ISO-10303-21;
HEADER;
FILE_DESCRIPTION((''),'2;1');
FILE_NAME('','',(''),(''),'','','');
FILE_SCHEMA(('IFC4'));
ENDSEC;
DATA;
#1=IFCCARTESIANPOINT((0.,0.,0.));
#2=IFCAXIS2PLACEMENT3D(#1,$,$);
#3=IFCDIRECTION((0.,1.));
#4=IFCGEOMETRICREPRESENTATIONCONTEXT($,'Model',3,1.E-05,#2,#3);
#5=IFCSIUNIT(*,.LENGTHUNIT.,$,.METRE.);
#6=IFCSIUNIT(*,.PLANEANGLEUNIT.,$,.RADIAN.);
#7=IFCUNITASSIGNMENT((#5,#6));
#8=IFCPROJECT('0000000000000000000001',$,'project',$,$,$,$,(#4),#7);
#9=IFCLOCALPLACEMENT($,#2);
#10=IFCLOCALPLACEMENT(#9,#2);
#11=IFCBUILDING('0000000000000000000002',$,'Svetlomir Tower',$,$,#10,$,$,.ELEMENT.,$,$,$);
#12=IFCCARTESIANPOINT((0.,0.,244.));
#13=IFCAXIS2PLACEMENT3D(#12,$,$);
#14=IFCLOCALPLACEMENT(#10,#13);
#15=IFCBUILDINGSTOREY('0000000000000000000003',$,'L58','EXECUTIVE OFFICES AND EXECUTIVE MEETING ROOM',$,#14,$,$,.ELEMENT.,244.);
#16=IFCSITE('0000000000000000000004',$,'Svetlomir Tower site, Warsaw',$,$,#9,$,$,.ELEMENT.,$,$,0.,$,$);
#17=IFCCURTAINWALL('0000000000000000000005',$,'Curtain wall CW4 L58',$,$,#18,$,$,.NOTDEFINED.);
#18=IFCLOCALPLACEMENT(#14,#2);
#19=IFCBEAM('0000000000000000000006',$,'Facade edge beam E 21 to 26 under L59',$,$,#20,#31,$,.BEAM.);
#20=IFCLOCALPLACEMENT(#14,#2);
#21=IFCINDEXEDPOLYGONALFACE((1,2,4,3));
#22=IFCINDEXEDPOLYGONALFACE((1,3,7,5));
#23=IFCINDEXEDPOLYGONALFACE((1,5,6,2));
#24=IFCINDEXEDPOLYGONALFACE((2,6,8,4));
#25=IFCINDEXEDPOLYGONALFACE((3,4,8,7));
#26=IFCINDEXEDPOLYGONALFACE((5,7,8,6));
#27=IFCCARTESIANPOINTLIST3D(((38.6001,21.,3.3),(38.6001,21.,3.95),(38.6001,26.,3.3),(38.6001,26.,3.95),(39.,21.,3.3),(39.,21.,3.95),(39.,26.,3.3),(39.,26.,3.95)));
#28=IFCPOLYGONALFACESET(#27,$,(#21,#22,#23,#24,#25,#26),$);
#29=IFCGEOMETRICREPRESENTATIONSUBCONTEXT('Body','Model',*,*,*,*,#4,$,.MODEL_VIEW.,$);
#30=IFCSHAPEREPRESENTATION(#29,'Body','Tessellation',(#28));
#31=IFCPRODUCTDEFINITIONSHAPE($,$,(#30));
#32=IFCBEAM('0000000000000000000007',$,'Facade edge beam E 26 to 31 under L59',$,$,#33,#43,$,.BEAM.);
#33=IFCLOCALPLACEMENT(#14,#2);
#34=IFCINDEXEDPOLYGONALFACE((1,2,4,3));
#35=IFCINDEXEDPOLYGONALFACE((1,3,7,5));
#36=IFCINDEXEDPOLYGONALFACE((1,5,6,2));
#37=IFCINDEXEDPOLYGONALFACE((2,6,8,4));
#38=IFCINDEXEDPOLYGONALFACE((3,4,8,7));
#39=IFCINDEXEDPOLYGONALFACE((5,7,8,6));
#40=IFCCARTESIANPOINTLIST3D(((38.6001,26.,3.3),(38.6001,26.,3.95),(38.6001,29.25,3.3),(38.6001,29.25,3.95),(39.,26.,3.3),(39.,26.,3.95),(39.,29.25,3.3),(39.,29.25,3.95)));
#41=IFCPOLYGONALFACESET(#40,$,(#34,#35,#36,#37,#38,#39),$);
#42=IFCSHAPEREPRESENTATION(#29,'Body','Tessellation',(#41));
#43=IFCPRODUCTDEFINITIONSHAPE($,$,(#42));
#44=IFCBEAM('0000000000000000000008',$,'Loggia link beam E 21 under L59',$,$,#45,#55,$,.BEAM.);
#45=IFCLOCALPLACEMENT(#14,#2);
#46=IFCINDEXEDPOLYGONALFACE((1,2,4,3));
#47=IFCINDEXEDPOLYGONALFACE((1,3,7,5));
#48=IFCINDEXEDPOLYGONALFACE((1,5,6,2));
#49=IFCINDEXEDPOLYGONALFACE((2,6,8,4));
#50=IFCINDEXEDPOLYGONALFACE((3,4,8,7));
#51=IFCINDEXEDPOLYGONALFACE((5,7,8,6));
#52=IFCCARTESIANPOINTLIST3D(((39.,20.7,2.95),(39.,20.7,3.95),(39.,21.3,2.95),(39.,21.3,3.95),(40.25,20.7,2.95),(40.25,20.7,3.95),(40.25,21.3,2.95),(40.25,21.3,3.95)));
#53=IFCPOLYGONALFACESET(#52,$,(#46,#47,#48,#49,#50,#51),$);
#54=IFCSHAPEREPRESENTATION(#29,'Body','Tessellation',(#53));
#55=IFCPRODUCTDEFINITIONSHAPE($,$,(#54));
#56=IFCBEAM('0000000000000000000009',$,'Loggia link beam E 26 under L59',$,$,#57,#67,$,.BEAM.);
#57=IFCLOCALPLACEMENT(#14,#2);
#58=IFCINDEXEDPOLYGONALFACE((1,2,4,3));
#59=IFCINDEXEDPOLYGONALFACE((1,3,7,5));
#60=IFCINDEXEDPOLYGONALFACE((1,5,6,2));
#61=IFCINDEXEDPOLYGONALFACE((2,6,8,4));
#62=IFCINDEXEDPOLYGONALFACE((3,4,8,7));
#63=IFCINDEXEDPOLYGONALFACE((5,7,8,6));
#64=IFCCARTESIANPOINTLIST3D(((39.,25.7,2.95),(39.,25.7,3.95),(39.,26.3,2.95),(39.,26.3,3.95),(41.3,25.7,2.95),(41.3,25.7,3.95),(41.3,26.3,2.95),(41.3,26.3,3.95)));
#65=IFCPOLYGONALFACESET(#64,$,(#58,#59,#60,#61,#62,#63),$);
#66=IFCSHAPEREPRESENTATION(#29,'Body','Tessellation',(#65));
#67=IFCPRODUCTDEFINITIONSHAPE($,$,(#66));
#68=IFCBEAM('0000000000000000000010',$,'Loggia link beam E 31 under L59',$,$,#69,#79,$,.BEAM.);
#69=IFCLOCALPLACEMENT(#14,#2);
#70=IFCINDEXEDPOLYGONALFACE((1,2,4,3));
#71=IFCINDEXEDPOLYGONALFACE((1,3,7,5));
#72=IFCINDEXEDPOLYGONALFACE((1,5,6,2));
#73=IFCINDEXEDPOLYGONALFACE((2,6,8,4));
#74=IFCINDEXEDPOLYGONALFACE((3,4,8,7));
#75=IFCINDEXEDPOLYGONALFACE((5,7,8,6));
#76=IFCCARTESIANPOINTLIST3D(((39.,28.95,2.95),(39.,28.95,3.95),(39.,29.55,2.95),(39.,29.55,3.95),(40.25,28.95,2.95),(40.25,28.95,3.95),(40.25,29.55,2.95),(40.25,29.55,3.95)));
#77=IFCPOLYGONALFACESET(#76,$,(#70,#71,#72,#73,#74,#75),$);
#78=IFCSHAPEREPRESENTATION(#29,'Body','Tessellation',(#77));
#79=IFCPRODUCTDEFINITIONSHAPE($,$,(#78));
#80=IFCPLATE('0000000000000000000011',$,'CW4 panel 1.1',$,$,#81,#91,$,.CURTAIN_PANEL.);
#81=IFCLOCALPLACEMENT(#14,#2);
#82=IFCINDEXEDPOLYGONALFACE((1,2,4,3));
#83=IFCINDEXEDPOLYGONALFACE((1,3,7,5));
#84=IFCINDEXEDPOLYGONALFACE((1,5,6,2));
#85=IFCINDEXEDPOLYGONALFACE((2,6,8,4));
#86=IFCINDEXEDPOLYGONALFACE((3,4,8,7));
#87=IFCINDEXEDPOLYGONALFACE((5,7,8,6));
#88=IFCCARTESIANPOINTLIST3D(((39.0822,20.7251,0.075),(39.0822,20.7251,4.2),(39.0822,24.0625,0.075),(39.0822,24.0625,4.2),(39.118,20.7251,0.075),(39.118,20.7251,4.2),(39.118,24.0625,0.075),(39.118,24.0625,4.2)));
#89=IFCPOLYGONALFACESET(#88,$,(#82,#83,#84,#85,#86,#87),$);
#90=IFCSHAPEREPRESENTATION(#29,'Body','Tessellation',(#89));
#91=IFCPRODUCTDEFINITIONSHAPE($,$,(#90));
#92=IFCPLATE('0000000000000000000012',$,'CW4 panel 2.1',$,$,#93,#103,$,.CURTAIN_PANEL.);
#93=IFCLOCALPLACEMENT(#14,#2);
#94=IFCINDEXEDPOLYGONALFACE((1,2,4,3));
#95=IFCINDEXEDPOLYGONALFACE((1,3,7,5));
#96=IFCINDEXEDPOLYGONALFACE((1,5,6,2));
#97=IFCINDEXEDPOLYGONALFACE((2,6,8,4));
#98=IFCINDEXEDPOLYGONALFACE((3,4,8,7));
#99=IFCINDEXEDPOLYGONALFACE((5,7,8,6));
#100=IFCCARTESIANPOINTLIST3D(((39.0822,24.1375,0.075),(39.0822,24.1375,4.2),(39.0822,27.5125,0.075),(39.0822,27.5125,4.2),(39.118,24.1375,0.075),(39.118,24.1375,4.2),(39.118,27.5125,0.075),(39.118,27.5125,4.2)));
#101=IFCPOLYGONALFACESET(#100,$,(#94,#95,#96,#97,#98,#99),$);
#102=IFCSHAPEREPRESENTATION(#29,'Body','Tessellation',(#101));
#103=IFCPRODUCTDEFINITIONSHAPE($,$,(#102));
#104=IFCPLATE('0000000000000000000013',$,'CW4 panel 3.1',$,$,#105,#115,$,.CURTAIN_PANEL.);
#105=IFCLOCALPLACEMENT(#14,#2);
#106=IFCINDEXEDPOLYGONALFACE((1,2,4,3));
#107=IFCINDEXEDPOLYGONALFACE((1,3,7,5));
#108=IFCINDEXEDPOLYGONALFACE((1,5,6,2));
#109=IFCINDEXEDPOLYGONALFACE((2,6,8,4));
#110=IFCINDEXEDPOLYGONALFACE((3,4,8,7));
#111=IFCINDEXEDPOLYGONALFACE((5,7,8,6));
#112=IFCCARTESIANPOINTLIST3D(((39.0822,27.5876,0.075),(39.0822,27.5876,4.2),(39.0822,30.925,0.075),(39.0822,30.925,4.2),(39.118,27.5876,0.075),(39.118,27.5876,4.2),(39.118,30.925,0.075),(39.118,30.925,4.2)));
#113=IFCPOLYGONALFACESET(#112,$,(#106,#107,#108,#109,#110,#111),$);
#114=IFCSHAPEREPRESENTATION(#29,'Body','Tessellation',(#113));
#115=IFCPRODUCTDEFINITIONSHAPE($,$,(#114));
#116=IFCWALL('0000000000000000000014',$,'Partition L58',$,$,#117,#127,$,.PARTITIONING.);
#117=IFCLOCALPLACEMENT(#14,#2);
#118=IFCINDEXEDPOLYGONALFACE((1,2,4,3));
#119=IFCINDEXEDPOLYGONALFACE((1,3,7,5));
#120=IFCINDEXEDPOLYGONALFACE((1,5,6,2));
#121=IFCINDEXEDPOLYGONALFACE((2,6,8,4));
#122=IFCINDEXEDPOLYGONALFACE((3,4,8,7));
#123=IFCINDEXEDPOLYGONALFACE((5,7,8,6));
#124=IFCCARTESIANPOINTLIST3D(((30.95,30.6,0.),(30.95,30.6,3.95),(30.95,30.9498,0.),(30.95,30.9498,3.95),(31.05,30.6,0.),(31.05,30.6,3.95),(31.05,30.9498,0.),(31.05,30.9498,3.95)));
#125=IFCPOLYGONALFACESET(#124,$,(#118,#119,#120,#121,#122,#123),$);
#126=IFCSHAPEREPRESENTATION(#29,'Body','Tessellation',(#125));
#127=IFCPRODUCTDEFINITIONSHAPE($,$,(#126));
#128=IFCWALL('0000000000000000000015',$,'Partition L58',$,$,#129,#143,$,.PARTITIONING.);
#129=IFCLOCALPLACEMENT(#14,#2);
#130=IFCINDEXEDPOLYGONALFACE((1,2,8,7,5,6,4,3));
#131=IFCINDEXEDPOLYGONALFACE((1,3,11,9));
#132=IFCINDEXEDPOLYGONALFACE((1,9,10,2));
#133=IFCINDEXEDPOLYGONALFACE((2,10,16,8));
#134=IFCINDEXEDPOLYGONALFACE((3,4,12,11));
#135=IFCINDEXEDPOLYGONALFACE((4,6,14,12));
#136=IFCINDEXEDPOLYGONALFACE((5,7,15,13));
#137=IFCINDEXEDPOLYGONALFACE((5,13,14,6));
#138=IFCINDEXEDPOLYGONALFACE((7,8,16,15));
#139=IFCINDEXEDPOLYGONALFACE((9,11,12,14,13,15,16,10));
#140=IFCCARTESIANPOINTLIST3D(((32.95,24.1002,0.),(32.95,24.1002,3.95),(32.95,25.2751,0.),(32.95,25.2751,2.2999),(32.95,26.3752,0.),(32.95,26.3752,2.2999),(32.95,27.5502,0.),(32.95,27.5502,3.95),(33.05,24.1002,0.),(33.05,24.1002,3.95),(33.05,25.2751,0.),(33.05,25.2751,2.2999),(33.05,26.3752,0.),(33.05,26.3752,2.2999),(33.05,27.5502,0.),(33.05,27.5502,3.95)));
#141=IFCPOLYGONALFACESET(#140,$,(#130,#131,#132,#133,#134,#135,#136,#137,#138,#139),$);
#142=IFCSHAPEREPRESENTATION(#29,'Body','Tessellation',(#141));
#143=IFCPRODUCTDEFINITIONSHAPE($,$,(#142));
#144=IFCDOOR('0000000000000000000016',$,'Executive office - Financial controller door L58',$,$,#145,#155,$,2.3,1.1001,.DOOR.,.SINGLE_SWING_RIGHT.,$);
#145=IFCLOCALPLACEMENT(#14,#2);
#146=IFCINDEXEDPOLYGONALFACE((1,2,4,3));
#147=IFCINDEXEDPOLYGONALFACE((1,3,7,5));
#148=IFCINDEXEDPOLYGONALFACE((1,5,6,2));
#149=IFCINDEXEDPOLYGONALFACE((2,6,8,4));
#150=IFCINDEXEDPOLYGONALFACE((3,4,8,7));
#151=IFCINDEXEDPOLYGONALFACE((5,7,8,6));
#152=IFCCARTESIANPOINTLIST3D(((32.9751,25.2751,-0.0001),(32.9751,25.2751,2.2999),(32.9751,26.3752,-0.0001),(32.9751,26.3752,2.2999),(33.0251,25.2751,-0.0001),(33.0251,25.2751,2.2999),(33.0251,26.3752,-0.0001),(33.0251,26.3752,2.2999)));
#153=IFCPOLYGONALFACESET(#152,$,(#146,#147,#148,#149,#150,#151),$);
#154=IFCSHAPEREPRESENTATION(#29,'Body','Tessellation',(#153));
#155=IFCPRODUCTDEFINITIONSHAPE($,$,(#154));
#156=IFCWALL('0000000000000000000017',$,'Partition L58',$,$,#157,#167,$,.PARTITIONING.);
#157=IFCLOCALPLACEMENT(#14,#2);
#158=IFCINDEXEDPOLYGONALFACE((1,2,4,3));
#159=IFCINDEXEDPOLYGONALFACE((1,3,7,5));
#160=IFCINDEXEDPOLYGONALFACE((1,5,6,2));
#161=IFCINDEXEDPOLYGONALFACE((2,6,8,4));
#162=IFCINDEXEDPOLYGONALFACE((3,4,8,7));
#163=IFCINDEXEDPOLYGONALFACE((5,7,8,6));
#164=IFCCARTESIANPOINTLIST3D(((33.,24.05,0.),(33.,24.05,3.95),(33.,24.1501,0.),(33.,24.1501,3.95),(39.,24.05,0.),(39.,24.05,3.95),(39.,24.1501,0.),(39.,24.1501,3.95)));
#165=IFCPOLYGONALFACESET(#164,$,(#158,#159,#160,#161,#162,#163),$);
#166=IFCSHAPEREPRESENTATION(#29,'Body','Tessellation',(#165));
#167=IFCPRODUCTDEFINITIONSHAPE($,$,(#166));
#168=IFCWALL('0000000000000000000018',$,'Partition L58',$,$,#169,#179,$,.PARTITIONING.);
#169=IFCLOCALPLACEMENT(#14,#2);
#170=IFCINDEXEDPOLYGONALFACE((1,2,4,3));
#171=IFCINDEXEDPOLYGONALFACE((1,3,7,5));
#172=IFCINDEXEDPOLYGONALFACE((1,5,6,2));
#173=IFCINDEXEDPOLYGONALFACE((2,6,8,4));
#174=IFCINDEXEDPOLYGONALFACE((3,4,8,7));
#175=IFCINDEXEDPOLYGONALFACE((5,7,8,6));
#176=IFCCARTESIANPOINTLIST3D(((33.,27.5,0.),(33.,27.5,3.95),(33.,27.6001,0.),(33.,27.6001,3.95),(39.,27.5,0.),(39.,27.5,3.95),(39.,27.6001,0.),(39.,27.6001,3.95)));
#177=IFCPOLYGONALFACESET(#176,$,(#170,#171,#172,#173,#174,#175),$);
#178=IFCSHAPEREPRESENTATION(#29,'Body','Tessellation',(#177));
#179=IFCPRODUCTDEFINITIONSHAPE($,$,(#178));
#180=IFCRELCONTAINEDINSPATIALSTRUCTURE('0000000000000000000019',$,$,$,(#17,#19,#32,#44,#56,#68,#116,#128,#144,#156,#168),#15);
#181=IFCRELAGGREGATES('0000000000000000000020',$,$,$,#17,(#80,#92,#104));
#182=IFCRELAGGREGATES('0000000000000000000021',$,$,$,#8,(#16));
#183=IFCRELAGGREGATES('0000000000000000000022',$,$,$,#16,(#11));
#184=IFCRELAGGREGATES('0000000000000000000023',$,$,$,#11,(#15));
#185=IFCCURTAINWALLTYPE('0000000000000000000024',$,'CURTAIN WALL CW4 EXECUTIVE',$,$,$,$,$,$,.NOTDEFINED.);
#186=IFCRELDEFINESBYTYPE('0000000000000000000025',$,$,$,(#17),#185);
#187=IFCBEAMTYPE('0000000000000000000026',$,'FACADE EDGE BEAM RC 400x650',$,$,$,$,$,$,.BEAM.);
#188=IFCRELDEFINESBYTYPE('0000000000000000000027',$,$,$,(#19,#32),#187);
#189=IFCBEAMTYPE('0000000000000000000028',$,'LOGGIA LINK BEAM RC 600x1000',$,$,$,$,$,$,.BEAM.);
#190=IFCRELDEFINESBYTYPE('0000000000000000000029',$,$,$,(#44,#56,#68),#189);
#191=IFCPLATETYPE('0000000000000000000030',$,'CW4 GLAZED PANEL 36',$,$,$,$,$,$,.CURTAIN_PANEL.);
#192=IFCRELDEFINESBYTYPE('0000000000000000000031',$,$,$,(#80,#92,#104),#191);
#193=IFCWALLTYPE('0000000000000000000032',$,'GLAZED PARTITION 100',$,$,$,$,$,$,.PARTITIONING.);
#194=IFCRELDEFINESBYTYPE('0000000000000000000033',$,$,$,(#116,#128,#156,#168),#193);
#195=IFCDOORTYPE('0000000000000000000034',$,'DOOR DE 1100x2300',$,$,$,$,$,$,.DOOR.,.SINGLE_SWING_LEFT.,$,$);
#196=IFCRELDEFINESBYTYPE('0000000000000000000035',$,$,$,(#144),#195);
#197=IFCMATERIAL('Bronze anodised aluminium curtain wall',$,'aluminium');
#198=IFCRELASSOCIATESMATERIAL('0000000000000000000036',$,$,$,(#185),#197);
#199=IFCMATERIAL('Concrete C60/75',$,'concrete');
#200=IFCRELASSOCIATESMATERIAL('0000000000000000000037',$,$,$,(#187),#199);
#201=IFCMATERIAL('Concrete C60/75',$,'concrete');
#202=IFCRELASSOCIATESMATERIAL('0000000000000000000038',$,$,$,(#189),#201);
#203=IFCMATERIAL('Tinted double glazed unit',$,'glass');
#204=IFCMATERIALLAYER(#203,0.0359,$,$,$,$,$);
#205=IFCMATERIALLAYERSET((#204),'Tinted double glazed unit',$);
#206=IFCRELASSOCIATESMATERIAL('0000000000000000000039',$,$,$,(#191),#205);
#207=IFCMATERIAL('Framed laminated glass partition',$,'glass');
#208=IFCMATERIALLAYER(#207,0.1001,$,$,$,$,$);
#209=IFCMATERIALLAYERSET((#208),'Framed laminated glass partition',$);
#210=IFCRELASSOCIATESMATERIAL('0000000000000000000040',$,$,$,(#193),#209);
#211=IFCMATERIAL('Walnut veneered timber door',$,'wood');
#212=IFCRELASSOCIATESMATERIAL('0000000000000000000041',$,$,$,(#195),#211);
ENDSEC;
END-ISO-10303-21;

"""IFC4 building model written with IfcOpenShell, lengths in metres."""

from ifc_helpers import new_model, si_unit, direction, frame, frame_2d, origin, origin_2d, place, context, subcontext, project, spatial, rectangle, extrude, material, layer, layer_set, material_profile, profile_set, type_object, element, fill, aggregate, save


model = new_model("IFC4")

# Units and contexts
model_context = context("Model", 3, precision=1e-05, world=origin(), true_north=direction((0.0, 1.0)))
body_context = subcontext(model_context, "Body", "Model", "MODEL_VIEW")
ifc_project = project(units=[si_unit("LENGTHUNIT", "METRE"), si_unit("PLANEANGLEUNIT", "RADIAN")], contexts=[model_context])

# Site, building, storey
site_placement = place(None, origin())
site = spatial("IfcSite", under=ifc_project, at=site_placement, Name="Svetlomir Tower site, Warsaw", CompositionType="ELEMENT", RefElevation=0.0)
building_placement = place(site_placement, origin())
building = spatial("IfcBuilding", under=site, at=building_placement, Name="Svetlomir Tower", CompositionType="ELEMENT")
storey_placement = place(building_placement, frame((0.0, 0.0, 244.0)))
storey = spatial("IfcBuildingStorey", under=building, at=storey_placement, Name="L58", Description="EXECUTIVE OFFICES AND EXECUTIVE MEETING ROOM", CompositionType="ELEMENT", Elevation=244.0)

# Curtain wall
ifc_material_1 = material(Name="Bronze anodised aluminium curtain wall", Category="aluminium")
curtain_wall_type = type_object("IfcCurtainWallType", Name="CURTAIN WALL CW4 EXECUTIVE", PredefinedType="NOTDEFINED", material=ifc_material_1)
curtain_wall_placement = place(storey_placement, origin())
curtain_wall = element("IfcCurtainWall", 1, at=curtain_wall_placement, inside=storey, type_object=curtain_wall_type, Name="Curtain wall CW4 L58", PredefinedType="NOTDEFINED")

# Beams
ifc_material_2 = material(Name="Concrete C60/75", Category="concrete")
ifc_material_profile_1 = material_profile(ifc_material_2, rectangle(XDim=0.3999, YDim=0.6499, at=origin_2d()), Name="RC 400x650")
ifc_profile_set_1 = profile_set([ifc_material_profile_1], Name="Concrete C60/75")
beam_type_1 = type_object("IfcBeamType", Name="FACADE EDGE BEAM RC 400x650", PredefinedType="BEAM", material=ifc_profile_set_1)
beam_1_placement = place(storey_placement, frame((38.8, 21.0, 3.625), z_axis=(0.0, 1.0, 0.0), x_axis=(-1.0, 0.0, 0.0)))
element("IfcBeam", 2, at=beam_1_placement, inside=storey, type_object=beam_type_1, Name="Facade edge beam E 21 to 26 under L59", PredefinedType="BEAM", context=body_context, shape_type="SweptSolid", body=[
    extrude(rectangle(XDim=0.3999, YDim=0.6499, at=origin_2d()), origin(), (0.0, 0.0, 1.0), 5.0),
])
beam_2_placement = place(storey_placement, frame((38.8, 26.0, 3.625), z_axis=(0.0, 1.0, 0.0), x_axis=(-1.0, 0.0, 0.0)))
element("IfcBeam", 3, at=beam_2_placement, inside=storey, type_object=beam_type_1, Name="Facade edge beam E 26 to 31 under L59", PredefinedType="BEAM", context=body_context, shape_type="SweptSolid", body=[
    extrude(rectangle(XDim=0.3999, YDim=0.6499, at=origin_2d()), origin(), (0.0, 0.0, 1.0), 3.25),
])
ifc_material_3 = material(Name="Concrete C60/75", Category="concrete")
ifc_material_profile_2 = material_profile(ifc_material_3, rectangle(XDim=0.6001, YDim=1.0, at=origin_2d()), Name="RC 600x1000")
ifc_profile_set_2 = profile_set([ifc_material_profile_2], Name="Concrete C60/75")
beam_type_2 = type_object("IfcBeamType", Name="LOGGIA LINK BEAM RC 600x1000", PredefinedType="BEAM", material=ifc_profile_set_2)
beam_3_placement = place(storey_placement, frame((40.25, 21.0, 3.45), z_axis=(-1.0, 0.0, 0.0), x_axis=(0.0, -1.0, 0.0)))
element("IfcBeam", 4, at=beam_3_placement, inside=storey, type_object=beam_type_2, Name="Loggia link beam E 21 under L59", PredefinedType="BEAM", context=body_context, shape_type="SweptSolid", body=[
    extrude(rectangle(XDim=0.6001, YDim=1.0, at=origin_2d()), origin(), (0.0, 0.0, 1.0), 1.25),
])
beam_4_placement = place(storey_placement, frame((41.3, 26.0, 3.45), z_axis=(-1.0, 0.0, 0.0), x_axis=(0.0, -1.0, 0.0)))
element("IfcBeam", 5, at=beam_4_placement, inside=storey, type_object=beam_type_2, Name="Loggia link beam E 26 under L59", PredefinedType="BEAM", context=body_context, shape_type="SweptSolid", body=[
    extrude(rectangle(XDim=0.6001, YDim=1.0, at=origin_2d()), origin(), (0.0, 0.0, 1.0), 2.3),
])
beam_5_placement = place(storey_placement, frame((40.25, 29.25, 3.45), z_axis=(-1.0, 0.0, 0.0), x_axis=(0.0, -1.0, 0.0)))
element("IfcBeam", 6, at=beam_5_placement, inside=storey, type_object=beam_type_2, Name="Loggia link beam E 31 under L59", PredefinedType="BEAM", context=body_context, shape_type="SweptSolid", body=[
    extrude(rectangle(XDim=0.6001, YDim=1.0, at=origin_2d()), origin(), (0.0, 0.0, 1.0), 1.25),
])

# Plates
ifc_material_4 = material(Name="Tinted double glazed unit", Category="glass")
ifc_layer_1 = layer(ifc_material_4, 0.0359)
ifc_layer_set_1 = layer_set([ifc_layer_1], Name="Tinted double glazed unit")
plate_type = type_object("IfcPlateType", Name="CW4 GLAZED PANEL 36", PredefinedType="CURTAIN_PANEL", material=ifc_layer_set_1)
plate_1_placement = place(storey_placement, frame((39.1001, 22.3938, 0.075), z_axis=(0.0, 0.0, 1.0), x_axis=(0.0, 1.0, 0.0)))
plate_1 = element("IfcPlate", 7, at=plate_1_placement, type_object=plate_type, Name="CW4 panel 1.1", PredefinedType="CURTAIN_PANEL", context=body_context, shape_type="SweptSolid", body=[
    extrude(rectangle(XDim=3.3374, YDim=0.0359, at=origin_2d()), origin(), (0.0, 0.0, 1.0), 4.125),
])
plate_2_placement = place(storey_placement, frame((39.1001, 25.825, 0.075), z_axis=(0.0, 0.0, 1.0), x_axis=(0.0, 1.0, 0.0)))
plate_2 = element("IfcPlate", 8, at=plate_2_placement, type_object=plate_type, Name="CW4 panel 2.1", PredefinedType="CURTAIN_PANEL", context=body_context, shape_type="SweptSolid", body=[
    extrude(rectangle(XDim=3.375, YDim=0.0359, at=origin_2d()), origin(), (0.0, 0.0, 1.0), 4.125),
])
plate_3_placement = place(storey_placement, frame((39.1001, 29.2563, 0.075), z_axis=(0.0, 0.0, 1.0), x_axis=(0.0, 1.0, 0.0)))
plate_3 = element("IfcPlate", 9, at=plate_3_placement, type_object=plate_type, Name="CW4 panel 3.1", PredefinedType="CURTAIN_PANEL", context=body_context, shape_type="SweptSolid", body=[
    extrude(rectangle(XDim=3.3374, YDim=0.0359, at=origin_2d()), origin(), (0.0, 0.0, 1.0), 4.125),
])
aggregate(curtain_wall, [plate_1, plate_2, plate_3])

# Wall
ifc_material_5 = material(Name="Framed laminated glass partition", Category="glass")
ifc_layer_2 = layer(ifc_material_5, 0.1001)
ifc_layer_set_2 = layer_set([ifc_layer_2], Name="Framed laminated glass partition")
wall_type = type_object("IfcWallType", Name="GLAZED PARTITION 100", PredefinedType="PARTITIONING", material=ifc_layer_set_2)
wall_1_placement = place(storey_placement, frame((31.0, 30.6001, 0.0), z_axis=(0.0, 0.0, 1.0), x_axis=(0.0, 1.0, 0.0)))
element("IfcWall", 10, at=wall_1_placement, inside=storey, type_object=wall_type, Name="Partition L58", PredefinedType="PARTITIONING", context=body_context, shape_type="SweptSolid", body=[
    extrude(rectangle(XDim=0.3499, YDim=0.1001, at=frame_2d((0.1748, 0.0))), origin(), (0.0, 0.0, 1.0), 3.95),
])

# Wall, opening, door
wall_2_placement = place(storey_placement, frame((33.0, 24.1001, 0.0), z_axis=(0.0, 0.0, 1.0), x_axis=(0.0, 1.0, 0.0)))
wall_2 = element("IfcWall", 11, at=wall_2_placement, inside=storey, type_object=wall_type, Name="Partition L58", PredefinedType="PARTITIONING", context=body_context, shape_type="SweptSolid", body=[
    extrude(rectangle(XDim=3.45, YDim=0.1001, at=frame_2d((1.7251, 0.0))), origin(), (0.0, 0.0, 1.0), 3.95),
])
opening_placement = place(wall_2_placement, frame((1.175, 0.0, 0.0)))
opening = element("IfcOpeningElement", 12, at=opening_placement, cuts=wall_2, PredefinedType="OPENING", context=body_context, shape_type="SweptSolid", body=[
    extrude(rectangle(XDim=1.1001, YDim=2.3, at=frame_2d((0.55, 1.1499))), frame((0.0, 0.0601, 0.0), z_axis=(0.0, -1.0, 0.0), x_axis=(1.0, 0.0, 0.0)), (0.0, 0.0, 1.0), 0.1201),
])
ifc_material_6 = material(Name="Walnut veneered timber door", Category="wood")
door_type = type_object("IfcDoorType", Name="DOOR DE 1100x2300", OperationType="SINGLE_SWING_LEFT", PredefinedType="DOOR", material=ifc_material_6)
door_placement = place(opening_placement, origin())
door = element("IfcDoor", 13, at=door_placement, inside=storey, type_object=door_type, Name="Executive office - Financial controller door L58", OperationType="SINGLE_SWING_RIGHT", OverallHeight=2.3, OverallWidth=1.1001, PredefinedType="DOOR", context=body_context, shape_type="SweptSolid", body=[
    extrude(rectangle(XDim=1.1001, YDim=2.3, at=frame_2d((0.55, 1.1499))), frame((0.0, 0.0249, 0.0), z_axis=(0.0, -1.0, 0.0), x_axis=(1.0, 0.0, 0.0)), (0.0, 0.0, 1.0), 0.05),
])
fill(opening, door)

# Walls
for number, where, z_axis, x_axis, name in (
    (14, (33.0, 24.1001, 0.0), (0.0, 0.0, 1.0), (1.0, 0.0, 0.0), "Partition L58"),
    (15, (33.0, 27.55, 0.0), (0.0, 0.0, 1.0), (1.0, 0.0, 0.0), "Partition L58"),
):
    element("IfcWall", number, at=place(storey_placement, frame(where, z_axis=z_axis, x_axis=x_axis)), inside=storey, type_object=wall_type, Name=name, PredefinedType="PARTITIONING", context=body_context, shape_type="SweptSolid", body=[
        extrude(rectangle(XDim=6.0, YDim=0.1001, at=frame_2d((3.0, 0.0))), origin(), (0.0, 0.0, 1.0), 3.95),
    ])

save(model, "model.ifc")
